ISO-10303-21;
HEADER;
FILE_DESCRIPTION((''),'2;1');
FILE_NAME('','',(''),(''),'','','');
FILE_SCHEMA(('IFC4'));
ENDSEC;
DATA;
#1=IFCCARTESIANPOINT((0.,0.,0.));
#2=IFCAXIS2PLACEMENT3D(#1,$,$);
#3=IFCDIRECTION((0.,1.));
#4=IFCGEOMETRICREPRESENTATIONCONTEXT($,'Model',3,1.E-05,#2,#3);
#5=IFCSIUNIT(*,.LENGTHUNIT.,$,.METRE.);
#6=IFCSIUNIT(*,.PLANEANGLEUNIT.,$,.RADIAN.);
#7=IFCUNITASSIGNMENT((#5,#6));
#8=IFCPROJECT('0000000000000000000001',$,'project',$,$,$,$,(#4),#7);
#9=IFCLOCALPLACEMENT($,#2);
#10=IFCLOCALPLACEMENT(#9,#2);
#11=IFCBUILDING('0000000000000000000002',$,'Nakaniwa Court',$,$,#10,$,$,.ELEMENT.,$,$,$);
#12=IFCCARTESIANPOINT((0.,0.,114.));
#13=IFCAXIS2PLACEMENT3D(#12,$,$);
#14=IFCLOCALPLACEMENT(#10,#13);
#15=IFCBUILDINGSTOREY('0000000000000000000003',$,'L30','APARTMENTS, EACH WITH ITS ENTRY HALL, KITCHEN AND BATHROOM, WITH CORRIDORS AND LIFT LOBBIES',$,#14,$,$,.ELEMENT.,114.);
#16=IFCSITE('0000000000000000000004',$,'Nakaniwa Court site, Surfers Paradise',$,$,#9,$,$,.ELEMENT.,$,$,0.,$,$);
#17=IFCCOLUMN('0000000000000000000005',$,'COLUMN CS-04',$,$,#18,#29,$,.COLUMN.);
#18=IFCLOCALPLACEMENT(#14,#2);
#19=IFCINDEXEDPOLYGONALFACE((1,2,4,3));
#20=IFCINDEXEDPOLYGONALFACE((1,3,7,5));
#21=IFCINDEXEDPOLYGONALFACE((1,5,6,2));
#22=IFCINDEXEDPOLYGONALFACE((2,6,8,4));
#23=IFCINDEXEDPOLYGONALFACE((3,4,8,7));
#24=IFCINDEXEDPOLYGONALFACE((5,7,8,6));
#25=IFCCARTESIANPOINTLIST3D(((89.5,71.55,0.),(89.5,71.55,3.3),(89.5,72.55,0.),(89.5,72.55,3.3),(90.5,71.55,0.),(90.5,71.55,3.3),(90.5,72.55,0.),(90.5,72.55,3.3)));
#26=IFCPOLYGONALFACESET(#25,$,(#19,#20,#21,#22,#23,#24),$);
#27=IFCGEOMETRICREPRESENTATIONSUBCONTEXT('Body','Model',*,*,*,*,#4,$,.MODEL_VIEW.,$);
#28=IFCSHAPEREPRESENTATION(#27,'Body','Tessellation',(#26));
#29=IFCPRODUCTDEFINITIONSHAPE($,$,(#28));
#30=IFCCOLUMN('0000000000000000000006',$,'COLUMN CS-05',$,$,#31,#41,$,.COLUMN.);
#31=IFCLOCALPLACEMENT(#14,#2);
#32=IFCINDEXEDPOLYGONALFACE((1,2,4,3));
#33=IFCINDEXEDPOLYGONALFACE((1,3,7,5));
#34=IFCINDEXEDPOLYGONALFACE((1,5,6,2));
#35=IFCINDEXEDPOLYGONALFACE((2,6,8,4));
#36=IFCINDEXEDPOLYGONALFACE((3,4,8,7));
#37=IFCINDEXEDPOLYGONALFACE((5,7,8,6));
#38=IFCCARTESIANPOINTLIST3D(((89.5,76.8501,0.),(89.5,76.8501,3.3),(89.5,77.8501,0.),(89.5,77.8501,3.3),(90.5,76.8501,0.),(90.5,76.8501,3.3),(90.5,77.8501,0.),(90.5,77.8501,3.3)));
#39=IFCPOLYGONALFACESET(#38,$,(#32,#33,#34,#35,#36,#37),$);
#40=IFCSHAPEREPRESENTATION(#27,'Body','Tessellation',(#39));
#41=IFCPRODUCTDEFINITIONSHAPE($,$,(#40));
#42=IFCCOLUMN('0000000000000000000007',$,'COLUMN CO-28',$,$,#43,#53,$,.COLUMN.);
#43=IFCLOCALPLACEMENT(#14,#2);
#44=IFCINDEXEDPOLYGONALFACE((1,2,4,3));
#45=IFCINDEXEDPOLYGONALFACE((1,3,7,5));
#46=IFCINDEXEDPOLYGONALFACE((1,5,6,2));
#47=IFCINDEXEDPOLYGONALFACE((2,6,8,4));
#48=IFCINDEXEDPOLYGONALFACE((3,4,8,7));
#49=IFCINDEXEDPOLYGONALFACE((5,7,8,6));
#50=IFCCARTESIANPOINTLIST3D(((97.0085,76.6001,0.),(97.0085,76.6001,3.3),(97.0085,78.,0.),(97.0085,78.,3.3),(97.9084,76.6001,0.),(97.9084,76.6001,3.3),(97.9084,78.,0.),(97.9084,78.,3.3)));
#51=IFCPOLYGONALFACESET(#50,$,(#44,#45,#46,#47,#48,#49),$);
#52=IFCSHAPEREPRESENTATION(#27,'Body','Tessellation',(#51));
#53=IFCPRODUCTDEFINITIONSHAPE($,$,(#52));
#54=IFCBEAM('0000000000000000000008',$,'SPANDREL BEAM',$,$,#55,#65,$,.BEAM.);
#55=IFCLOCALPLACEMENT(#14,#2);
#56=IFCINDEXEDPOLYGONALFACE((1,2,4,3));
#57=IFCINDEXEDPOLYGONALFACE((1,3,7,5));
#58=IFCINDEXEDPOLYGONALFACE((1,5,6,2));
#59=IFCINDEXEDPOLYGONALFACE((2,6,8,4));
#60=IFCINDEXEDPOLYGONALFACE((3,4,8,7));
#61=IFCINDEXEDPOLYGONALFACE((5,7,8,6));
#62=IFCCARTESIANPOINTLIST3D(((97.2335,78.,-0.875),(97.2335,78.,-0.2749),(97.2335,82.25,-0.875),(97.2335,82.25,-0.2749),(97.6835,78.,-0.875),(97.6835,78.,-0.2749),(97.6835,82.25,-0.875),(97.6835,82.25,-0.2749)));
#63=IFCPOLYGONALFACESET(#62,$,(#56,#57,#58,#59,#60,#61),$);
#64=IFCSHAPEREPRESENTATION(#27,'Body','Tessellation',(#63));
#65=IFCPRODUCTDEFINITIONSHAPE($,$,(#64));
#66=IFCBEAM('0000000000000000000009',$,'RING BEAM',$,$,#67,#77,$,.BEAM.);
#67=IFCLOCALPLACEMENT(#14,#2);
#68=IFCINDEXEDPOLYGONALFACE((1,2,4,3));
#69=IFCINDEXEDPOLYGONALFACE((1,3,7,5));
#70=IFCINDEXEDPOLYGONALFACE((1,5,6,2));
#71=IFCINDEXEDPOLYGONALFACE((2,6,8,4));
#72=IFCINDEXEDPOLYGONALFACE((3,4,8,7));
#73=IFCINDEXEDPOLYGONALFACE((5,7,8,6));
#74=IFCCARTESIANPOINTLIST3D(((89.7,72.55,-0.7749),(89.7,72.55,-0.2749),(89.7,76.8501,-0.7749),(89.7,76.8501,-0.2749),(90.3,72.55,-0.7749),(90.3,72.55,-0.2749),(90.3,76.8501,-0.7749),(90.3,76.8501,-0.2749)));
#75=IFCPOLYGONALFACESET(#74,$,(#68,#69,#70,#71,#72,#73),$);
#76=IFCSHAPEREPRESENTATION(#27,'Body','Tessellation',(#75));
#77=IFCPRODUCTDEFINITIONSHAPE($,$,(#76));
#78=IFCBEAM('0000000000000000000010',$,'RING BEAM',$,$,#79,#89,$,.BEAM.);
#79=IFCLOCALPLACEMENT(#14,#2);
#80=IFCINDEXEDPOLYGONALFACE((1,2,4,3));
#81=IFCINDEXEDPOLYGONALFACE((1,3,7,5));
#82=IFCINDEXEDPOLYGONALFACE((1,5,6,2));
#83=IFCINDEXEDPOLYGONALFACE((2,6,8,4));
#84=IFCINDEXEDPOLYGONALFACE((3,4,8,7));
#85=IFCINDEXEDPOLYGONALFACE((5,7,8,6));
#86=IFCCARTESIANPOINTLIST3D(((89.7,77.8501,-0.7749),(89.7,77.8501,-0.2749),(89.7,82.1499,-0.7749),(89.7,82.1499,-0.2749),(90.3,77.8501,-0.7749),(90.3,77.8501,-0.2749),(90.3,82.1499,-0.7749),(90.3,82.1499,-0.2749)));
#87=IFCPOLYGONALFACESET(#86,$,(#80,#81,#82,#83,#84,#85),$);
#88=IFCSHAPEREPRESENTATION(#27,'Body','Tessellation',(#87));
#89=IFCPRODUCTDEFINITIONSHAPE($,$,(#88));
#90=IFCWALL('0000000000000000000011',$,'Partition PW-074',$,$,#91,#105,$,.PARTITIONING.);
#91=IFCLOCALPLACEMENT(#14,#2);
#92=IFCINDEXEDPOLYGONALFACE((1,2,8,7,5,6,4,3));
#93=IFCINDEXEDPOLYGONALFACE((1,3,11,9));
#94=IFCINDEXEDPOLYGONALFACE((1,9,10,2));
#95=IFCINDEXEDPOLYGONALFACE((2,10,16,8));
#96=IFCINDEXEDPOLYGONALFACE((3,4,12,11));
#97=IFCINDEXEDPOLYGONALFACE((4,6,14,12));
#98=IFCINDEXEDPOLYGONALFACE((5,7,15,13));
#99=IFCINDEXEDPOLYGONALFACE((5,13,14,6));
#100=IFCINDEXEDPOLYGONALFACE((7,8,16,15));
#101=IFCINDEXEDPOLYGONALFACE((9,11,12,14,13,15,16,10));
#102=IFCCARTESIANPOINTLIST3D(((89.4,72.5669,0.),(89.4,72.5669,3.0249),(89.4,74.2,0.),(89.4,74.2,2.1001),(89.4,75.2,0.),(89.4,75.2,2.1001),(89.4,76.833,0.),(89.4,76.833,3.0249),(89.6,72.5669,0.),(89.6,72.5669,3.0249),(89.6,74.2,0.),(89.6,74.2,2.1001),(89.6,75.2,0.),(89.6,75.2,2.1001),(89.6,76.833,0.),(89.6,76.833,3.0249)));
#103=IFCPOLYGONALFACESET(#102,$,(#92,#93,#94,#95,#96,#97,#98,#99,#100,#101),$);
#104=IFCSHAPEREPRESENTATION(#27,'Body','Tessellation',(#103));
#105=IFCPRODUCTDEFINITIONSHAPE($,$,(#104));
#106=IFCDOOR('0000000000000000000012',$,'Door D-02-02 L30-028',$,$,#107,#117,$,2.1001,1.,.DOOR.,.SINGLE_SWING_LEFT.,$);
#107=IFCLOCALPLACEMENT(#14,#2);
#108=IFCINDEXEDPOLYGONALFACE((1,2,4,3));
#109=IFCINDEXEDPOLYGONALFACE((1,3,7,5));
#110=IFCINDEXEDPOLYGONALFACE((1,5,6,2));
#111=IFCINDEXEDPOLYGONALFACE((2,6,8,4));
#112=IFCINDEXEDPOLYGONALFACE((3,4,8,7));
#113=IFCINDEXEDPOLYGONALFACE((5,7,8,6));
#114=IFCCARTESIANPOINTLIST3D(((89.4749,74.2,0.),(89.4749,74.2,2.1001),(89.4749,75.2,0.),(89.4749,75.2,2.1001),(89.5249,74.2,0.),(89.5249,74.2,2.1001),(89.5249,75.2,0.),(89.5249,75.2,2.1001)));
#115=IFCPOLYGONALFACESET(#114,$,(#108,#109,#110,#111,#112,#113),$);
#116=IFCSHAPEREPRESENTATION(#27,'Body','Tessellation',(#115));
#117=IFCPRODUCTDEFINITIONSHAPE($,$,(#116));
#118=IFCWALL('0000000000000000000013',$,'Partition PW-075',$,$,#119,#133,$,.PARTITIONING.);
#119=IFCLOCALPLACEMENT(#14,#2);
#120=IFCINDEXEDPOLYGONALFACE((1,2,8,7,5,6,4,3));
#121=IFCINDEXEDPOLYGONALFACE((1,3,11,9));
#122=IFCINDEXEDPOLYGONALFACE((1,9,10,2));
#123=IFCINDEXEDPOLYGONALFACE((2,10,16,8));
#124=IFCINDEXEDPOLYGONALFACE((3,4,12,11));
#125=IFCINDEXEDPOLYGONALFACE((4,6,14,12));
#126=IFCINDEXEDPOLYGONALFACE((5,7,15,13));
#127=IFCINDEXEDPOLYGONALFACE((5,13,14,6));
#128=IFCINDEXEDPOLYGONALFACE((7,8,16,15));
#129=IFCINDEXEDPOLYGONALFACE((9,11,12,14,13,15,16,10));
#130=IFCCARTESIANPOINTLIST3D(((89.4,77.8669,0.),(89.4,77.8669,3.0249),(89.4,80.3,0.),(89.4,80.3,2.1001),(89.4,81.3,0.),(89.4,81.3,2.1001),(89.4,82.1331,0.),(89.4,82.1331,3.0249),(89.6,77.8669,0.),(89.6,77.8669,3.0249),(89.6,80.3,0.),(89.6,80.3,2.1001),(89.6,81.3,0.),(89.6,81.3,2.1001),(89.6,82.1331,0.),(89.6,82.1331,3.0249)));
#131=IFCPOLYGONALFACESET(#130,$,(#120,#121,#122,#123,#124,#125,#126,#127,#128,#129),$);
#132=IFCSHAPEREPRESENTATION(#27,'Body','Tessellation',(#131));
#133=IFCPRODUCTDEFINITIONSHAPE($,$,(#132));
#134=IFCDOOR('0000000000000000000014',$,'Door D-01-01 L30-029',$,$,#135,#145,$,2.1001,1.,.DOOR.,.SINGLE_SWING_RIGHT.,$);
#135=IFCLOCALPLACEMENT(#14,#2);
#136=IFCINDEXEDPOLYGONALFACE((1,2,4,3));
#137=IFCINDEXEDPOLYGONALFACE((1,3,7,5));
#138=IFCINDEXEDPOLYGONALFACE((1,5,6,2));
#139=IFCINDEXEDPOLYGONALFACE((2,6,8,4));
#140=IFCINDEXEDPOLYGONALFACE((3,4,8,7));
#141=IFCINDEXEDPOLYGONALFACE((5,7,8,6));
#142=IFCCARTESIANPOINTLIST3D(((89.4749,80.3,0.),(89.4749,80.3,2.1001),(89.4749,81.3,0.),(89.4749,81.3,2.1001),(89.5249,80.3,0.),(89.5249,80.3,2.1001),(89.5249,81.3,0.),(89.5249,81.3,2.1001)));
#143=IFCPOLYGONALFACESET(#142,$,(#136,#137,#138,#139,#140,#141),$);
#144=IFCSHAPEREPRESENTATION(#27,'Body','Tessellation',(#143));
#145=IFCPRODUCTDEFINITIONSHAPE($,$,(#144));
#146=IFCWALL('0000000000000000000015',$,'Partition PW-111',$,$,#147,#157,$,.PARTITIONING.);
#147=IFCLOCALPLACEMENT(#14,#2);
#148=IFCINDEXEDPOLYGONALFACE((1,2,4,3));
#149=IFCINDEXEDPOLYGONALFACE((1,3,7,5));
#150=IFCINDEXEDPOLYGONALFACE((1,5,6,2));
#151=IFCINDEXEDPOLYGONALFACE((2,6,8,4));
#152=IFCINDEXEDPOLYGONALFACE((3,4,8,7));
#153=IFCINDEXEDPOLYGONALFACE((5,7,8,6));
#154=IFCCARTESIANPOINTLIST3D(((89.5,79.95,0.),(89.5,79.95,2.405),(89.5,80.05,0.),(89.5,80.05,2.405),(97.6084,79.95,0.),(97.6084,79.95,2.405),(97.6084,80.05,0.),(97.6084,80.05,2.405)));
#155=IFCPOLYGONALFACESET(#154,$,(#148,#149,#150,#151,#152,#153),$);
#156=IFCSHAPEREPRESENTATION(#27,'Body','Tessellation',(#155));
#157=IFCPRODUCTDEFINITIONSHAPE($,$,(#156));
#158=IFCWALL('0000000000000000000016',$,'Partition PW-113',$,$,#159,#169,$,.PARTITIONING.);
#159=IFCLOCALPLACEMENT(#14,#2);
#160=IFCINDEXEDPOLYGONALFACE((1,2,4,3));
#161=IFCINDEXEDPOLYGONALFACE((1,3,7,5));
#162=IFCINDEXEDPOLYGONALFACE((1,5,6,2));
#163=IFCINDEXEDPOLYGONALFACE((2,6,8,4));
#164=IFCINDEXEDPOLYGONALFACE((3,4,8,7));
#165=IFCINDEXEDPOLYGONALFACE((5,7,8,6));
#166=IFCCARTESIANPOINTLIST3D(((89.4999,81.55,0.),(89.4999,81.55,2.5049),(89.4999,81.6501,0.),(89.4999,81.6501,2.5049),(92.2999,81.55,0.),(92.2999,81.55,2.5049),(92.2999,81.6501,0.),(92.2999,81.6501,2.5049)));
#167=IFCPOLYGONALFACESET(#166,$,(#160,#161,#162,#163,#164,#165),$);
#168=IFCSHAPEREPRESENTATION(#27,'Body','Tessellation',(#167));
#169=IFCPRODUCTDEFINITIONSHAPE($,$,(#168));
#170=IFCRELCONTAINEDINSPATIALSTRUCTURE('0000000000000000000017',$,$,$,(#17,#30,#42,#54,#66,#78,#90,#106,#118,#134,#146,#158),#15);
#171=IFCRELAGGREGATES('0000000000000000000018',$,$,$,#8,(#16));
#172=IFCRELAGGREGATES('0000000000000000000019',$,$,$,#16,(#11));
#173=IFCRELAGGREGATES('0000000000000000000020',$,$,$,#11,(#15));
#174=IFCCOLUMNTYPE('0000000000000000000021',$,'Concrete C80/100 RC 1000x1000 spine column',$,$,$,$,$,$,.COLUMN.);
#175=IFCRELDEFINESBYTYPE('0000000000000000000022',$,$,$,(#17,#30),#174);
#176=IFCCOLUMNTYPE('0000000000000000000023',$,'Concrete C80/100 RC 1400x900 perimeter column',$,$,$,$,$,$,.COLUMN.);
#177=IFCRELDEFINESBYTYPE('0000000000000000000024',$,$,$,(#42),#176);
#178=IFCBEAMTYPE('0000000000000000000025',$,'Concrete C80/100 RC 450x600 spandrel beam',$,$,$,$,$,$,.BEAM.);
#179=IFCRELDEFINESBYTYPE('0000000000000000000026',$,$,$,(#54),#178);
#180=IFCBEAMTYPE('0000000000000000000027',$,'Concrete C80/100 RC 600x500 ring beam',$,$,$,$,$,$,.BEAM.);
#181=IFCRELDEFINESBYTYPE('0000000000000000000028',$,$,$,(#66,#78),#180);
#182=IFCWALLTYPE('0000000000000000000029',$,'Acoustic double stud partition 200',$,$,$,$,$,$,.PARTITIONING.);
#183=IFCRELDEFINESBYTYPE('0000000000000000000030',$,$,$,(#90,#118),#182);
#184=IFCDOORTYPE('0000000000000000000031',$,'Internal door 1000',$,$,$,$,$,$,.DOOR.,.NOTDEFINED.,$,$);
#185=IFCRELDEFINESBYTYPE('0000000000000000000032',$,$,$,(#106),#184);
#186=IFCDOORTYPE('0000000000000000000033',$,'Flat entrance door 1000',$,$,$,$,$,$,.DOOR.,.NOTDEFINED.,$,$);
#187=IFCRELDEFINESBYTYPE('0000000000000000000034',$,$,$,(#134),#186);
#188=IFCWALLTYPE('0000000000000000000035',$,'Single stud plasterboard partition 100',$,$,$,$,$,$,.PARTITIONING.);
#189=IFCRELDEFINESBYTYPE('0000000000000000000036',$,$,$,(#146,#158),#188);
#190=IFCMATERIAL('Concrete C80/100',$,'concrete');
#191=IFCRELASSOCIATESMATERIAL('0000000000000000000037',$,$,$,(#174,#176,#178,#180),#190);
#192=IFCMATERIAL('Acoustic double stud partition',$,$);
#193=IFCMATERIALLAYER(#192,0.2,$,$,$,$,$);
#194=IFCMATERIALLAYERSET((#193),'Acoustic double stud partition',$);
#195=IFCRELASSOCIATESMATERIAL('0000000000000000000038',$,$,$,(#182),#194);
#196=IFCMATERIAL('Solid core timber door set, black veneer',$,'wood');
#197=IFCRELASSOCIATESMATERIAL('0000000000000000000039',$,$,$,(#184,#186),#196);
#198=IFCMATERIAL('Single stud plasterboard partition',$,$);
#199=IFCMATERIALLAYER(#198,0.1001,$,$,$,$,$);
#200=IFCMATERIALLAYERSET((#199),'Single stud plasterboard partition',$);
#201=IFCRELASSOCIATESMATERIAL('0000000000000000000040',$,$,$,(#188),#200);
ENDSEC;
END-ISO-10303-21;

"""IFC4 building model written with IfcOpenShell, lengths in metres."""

from ifc_helpers import new_model, si_unit, direction, frame, frame_2d, origin, origin_2d, place, context, subcontext, project, spatial, rectangle, extrude, material, layer, layer_set, material_profile, profile_set, type_object, element, fill, save


model = new_model("IFC4")

# Units and contexts
model_context = context("Model", 3, precision=1e-05, world=origin(), true_north=direction((0.0, 1.0)))
body_context = subcontext(model_context, "Body", "Model", "MODEL_VIEW")
ifc_project = project(units=[si_unit("LENGTHUNIT", "METRE"), si_unit("PLANEANGLEUNIT", "RADIAN")], contexts=[model_context])

# Site, building, storey
site_placement = place(None, origin())
site = spatial("IfcSite", under=ifc_project, at=site_placement, Name="Nakaniwa Court site, Surfers Paradise", CompositionType="ELEMENT", RefElevation=0.0)
building_placement = place(site_placement, origin())
building = spatial("IfcBuilding", under=site, at=building_placement, Name="Nakaniwa Court", CompositionType="ELEMENT")
storey_placement = place(building_placement, frame((0.0, 0.0, 114.0)))
storey = spatial("IfcBuildingStorey", under=building, at=storey_placement, Name="L30", Description="APARTMENTS, EACH WITH ITS ENTRY HALL, KITCHEN AND BATHROOM, WITH CORRIDORS AND LIFT LOBBIES", CompositionType="ELEMENT", Elevation=114.0)

# Columns
ifc_material_1 = material(Name="Concrete C80/100", Category="concrete")
ifc_material_profile_1 = material_profile(ifc_material_1, rectangle(XDim=1.0, YDim=1.0, at=origin_2d()), Name="Concrete C80/100 RC 1000x1000 spine column")
ifc_profile_set_1 = profile_set([ifc_material_profile_1], Name="Concrete C80/100")
column_type_1 = type_object("IfcColumnType", Name="Concrete C80/100 RC 1000x1000 spine column", PredefinedType="COLUMN", material=ifc_profile_set_1)
for number, where, z_axis, x_axis, name in (
    (1, (90.0, 72.05, 0.0), (0.0, 0.0, 1.0), (0.0, 1.0, 0.0), "COLUMN CS-04"),
    (2, (90.0, 77.3501, 0.0), (0.0, 0.0, 1.0), (0.0, 1.0, 0.0), "COLUMN CS-05"),
):
    element("IfcColumn", number, at=place(storey_placement, frame(where, z_axis=z_axis, x_axis=x_axis)), inside=storey, type_object=column_type_1, Name=name, PredefinedType="COLUMN", context=body_context, shape_type="SweptSolid", body=[
        extrude(rectangle(XDim=1.0, YDim=1.0, at=origin_2d()), origin(), (0.0, 0.0, 1.0), 3.3),
    ])
ifc_material_profile_2 = material_profile(ifc_material_1, rectangle(XDim=1.3999, YDim=0.8999, at=origin_2d()), Name="Concrete C80/100 RC 1400x900 perimeter column")
ifc_profile_set_2 = profile_set([ifc_material_profile_2], Name="Concrete C80/100")
column_type_2 = type_object("IfcColumnType", Name="Concrete C80/100 RC 1400x900 perimeter column", PredefinedType="COLUMN", material=ifc_profile_set_2)
column_placement = place(storey_placement, frame((97.4585, 77.3, 0.0), z_axis=(0.0, 0.0, 1.0), x_axis=(0.0, 1.0, 0.0)))
element("IfcColumn", 3, at=column_placement, inside=storey, type_object=column_type_2, Name="COLUMN CO-28", PredefinedType="COLUMN", context=body_context, shape_type="SweptSolid", body=[
    extrude(rectangle(XDim=1.3999, YDim=0.8999, at=origin_2d()), origin(), (0.0, 0.0, 1.0), 3.3),
])

# Beams
ifc_material_profile_3 = material_profile(ifc_material_1, rectangle(XDim=0.45, YDim=0.6001, at=origin_2d()), Name="Concrete C80/100 RC 450x600 spandrel beam")
ifc_profile_set_3 = profile_set([ifc_material_profile_3], Name="Concrete C80/100")
beam_type_1 = type_object("IfcBeamType", Name="Concrete C80/100 RC 450x600 spandrel beam", PredefinedType="BEAM", material=ifc_profile_set_3)
beam_1_placement = place(storey_placement, frame((97.4585, 78.0, -0.575), z_axis=(0.0, 1.0, 0.0), x_axis=(-1.0, 0.0, 0.0)))
element("IfcBeam", 4, at=beam_1_placement, inside=storey, type_object=beam_type_1, Name="SPANDREL BEAM", PredefinedType="BEAM", context=body_context, shape_type="SweptSolid", body=[
    extrude(rectangle(XDim=0.45, YDim=0.6001, at=origin_2d()), origin(), (0.0, 0.0, 1.0), 4.25),
])
ifc_material_profile_4 = material_profile(ifc_material_1, rectangle(XDim=0.6001, YDim=0.5, at=origin_2d()), Name="Concrete C80/100 RC 600x500 ring beam")
ifc_profile_set_4 = profile_set([ifc_material_profile_4], Name="Concrete C80/100")
beam_type_2 = type_object("IfcBeamType", Name="Concrete C80/100 RC 600x500 ring beam", PredefinedType="BEAM", material=ifc_profile_set_4)
beam_2_placement = place(storey_placement, frame((90.0, 72.55, -0.5249), z_axis=(0.0, 1.0, 0.0), x_axis=(-1.0, 0.0, 0.0)))
element("IfcBeam", 5, at=beam_2_placement, inside=storey, type_object=beam_type_2, Name="RING BEAM", PredefinedType="BEAM", context=body_context, shape_type="SweptSolid", body=[
    extrude(rectangle(XDim=0.6001, YDim=0.5, at=origin_2d()), origin(), (0.0, 0.0, 1.0), 4.3),
])
beam_3_placement = place(storey_placement, frame((90.0, 77.8501, -0.5249), z_axis=(0.0, 1.0, 0.0), x_axis=(-1.0, 0.0, 0.0)))
element("IfcBeam", 6, at=beam_3_placement, inside=storey, type_object=beam_type_2, Name="RING BEAM", PredefinedType="BEAM", context=body_context, shape_type="SweptSolid", body=[
    extrude(rectangle(XDim=0.6001, YDim=0.5, at=origin_2d()), origin(), (0.0, 0.0, 1.0), 4.2998),
])

# Walls, openings, doors
ifc_material_2 = material(Name="Acoustic double stud partition")
ifc_layer_1 = layer(ifc_material_2, 0.2)
ifc_layer_set_1 = layer_set([ifc_layer_1], Name="Acoustic double stud partition")
wall_type_1 = type_object("IfcWallType", Name="Acoustic double stud partition 200", PredefinedType="PARTITIONING", material=ifc_layer_set_1)
wall_1_placement = place(storey_placement, frame((89.5, 76.833, 0.0), z_axis=(0.0, 0.0, 1.0), x_axis=(0.0, -1.0, 0.0)))
wall_1 = element("IfcWall", 7, at=wall_1_placement, inside=storey, type_object=wall_type_1, Name="Partition PW-074", PredefinedType="PARTITIONING", context=body_context, shape_type="SweptSolid", body=[
    extrude(rectangle(XDim=4.2661, YDim=0.2, at=frame_2d((2.1331, 0.0))), origin(), (0.0, 0.0, 1.0), 3.0249),
])
opening_1_placement = place(wall_1_placement, frame((1.6331, 0.0, 0.0)))
opening_1 = element("IfcOpeningElement", 8, at=opening_1_placement, cuts=wall_1, PredefinedType="OPENING", context=body_context, shape_type="SweptSolid", body=[
    extrude(rectangle(XDim=1.0, YDim=2.1001, at=frame_2d((0.5, 1.05))), frame((0.0, 0.1099, 0.0), z_axis=(0.0, -1.0, 0.0), x_axis=(1.0, 0.0, 0.0)), (0.0, 0.0, 1.0), 0.22),
])
ifc_material_3 = material(Name="Solid core timber door set, black veneer", Category="wood")
door_type_1 = type_object("IfcDoorType", Name="Internal door 1000", OperationType="NOTDEFINED", PredefinedType="DOOR", material=ifc_material_3)
door_1_placement = place(opening_1_placement, origin())
door_1 = element("IfcDoor", 9, at=door_1_placement, inside=storey, type_object=door_type_1, Name="Door D-02-02 L30-028", OperationType="SINGLE_SWING_LEFT", OverallHeight=2.1001, OverallWidth=1.0, PredefinedType="DOOR", context=body_context, shape_type="SweptSolid", body=[
    extrude(rectangle(XDim=1.0, YDim=2.1001, at=frame_2d((0.5, 1.05))), frame((0.0, 0.0249, 0.0), z_axis=(0.0, -1.0, 0.0), x_axis=(1.0, 0.0, 0.0)), (0.0, 0.0, 1.0), 0.05),
])
fill(opening_1, door_1)
wall_2_placement = place(storey_placement, frame((89.5, 82.1331, 0.0), z_axis=(0.0, 0.0, 1.0), x_axis=(0.0, -1.0, 0.0)))
wall_2 = element("IfcWall", 10, at=wall_2_placement, inside=storey, type_object=wall_type_1, Name="Partition PW-075", PredefinedType="PARTITIONING", context=body_context, shape_type="SweptSolid", body=[
    extrude(rectangle(XDim=4.2661, YDim=0.2, at=frame_2d((2.1331, 0.0))), origin(), (0.0, 0.0, 1.0), 3.0249),
])
opening_2_placement = place(wall_2_placement, frame((0.833, 0.0, 0.0)))
opening_2 = element("IfcOpeningElement", 11, at=opening_2_placement, cuts=wall_2, PredefinedType="OPENING", context=body_context, shape_type="SweptSolid", body=[
    extrude(rectangle(XDim=1.0, YDim=2.1001, at=frame_2d((0.5, 1.05))), frame((0.0, 0.1099, 0.0), z_axis=(0.0, -1.0, 0.0), x_axis=(1.0, 0.0, 0.0)), (0.0, 0.0, 1.0), 0.22),
])
door_type_2 = type_object("IfcDoorType", Name="Flat entrance door 1000", OperationType="NOTDEFINED", PredefinedType="DOOR", material=ifc_material_3)
door_2_placement = place(opening_2_placement, origin())
door_2 = element("IfcDoor", 12, at=door_2_placement, inside=storey, type_object=door_type_2, Name="Door D-01-01 L30-029", OperationType="SINGLE_SWING_RIGHT", OverallHeight=2.1001, OverallWidth=1.0, PredefinedType="DOOR", context=body_context, shape_type="SweptSolid", body=[
    extrude(rectangle(XDim=1.0, YDim=2.1001, at=frame_2d((0.5, 1.05))), frame((0.0, 0.0249, 0.0), z_axis=(0.0, -1.0, 0.0), x_axis=(1.0, 0.0, 0.0)), (0.0, 0.0, 1.0), 0.05),
])
fill(opening_2, door_2)

# Walls
ifc_material_4 = material(Name="Single stud plasterboard partition")
ifc_layer_2 = layer(ifc_material_4, 0.1001)
ifc_layer_set_2 = layer_set([ifc_layer_2], Name="Single stud plasterboard partition")
wall_type_2 = type_object("IfcWallType", Name="Single stud plasterboard partition 100", PredefinedType="PARTITIONING", material=ifc_layer_set_2)
wall_3_placement = place(storey_placement, frame((89.5, 80.0, 0.0), z_axis=(0.0, 0.0, 1.0), x_axis=(1.0, 0.0, 0.0)))
element("IfcWall", 13, at=wall_3_placement, inside=storey, type_object=wall_type_2, Name="Partition PW-111", PredefinedType="PARTITIONING", context=body_context, shape_type="SweptSolid", body=[
    extrude(rectangle(XDim=8.1084, YDim=0.1001, at=frame_2d((4.0542, 0.0))), origin(), (0.0, 0.0, 1.0), 2.405),
])
wall_4_placement = place(storey_placement, frame((89.5, 81.6001, 0.0), z_axis=(0.0, 0.0, 1.0), x_axis=(1.0, 0.0, 0.0)))
element("IfcWall", 14, at=wall_4_placement, inside=storey, type_object=wall_type_2, Name="Partition PW-113", PredefinedType="PARTITIONING", context=body_context, shape_type="SweptSolid", body=[
    extrude(rectangle(XDim=2.8, YDim=0.1001, at=frame_2d((1.3999, 0.0))), origin(), (0.0, 0.0, 1.0), 2.5049),
])

save(model, "model.ifc")
